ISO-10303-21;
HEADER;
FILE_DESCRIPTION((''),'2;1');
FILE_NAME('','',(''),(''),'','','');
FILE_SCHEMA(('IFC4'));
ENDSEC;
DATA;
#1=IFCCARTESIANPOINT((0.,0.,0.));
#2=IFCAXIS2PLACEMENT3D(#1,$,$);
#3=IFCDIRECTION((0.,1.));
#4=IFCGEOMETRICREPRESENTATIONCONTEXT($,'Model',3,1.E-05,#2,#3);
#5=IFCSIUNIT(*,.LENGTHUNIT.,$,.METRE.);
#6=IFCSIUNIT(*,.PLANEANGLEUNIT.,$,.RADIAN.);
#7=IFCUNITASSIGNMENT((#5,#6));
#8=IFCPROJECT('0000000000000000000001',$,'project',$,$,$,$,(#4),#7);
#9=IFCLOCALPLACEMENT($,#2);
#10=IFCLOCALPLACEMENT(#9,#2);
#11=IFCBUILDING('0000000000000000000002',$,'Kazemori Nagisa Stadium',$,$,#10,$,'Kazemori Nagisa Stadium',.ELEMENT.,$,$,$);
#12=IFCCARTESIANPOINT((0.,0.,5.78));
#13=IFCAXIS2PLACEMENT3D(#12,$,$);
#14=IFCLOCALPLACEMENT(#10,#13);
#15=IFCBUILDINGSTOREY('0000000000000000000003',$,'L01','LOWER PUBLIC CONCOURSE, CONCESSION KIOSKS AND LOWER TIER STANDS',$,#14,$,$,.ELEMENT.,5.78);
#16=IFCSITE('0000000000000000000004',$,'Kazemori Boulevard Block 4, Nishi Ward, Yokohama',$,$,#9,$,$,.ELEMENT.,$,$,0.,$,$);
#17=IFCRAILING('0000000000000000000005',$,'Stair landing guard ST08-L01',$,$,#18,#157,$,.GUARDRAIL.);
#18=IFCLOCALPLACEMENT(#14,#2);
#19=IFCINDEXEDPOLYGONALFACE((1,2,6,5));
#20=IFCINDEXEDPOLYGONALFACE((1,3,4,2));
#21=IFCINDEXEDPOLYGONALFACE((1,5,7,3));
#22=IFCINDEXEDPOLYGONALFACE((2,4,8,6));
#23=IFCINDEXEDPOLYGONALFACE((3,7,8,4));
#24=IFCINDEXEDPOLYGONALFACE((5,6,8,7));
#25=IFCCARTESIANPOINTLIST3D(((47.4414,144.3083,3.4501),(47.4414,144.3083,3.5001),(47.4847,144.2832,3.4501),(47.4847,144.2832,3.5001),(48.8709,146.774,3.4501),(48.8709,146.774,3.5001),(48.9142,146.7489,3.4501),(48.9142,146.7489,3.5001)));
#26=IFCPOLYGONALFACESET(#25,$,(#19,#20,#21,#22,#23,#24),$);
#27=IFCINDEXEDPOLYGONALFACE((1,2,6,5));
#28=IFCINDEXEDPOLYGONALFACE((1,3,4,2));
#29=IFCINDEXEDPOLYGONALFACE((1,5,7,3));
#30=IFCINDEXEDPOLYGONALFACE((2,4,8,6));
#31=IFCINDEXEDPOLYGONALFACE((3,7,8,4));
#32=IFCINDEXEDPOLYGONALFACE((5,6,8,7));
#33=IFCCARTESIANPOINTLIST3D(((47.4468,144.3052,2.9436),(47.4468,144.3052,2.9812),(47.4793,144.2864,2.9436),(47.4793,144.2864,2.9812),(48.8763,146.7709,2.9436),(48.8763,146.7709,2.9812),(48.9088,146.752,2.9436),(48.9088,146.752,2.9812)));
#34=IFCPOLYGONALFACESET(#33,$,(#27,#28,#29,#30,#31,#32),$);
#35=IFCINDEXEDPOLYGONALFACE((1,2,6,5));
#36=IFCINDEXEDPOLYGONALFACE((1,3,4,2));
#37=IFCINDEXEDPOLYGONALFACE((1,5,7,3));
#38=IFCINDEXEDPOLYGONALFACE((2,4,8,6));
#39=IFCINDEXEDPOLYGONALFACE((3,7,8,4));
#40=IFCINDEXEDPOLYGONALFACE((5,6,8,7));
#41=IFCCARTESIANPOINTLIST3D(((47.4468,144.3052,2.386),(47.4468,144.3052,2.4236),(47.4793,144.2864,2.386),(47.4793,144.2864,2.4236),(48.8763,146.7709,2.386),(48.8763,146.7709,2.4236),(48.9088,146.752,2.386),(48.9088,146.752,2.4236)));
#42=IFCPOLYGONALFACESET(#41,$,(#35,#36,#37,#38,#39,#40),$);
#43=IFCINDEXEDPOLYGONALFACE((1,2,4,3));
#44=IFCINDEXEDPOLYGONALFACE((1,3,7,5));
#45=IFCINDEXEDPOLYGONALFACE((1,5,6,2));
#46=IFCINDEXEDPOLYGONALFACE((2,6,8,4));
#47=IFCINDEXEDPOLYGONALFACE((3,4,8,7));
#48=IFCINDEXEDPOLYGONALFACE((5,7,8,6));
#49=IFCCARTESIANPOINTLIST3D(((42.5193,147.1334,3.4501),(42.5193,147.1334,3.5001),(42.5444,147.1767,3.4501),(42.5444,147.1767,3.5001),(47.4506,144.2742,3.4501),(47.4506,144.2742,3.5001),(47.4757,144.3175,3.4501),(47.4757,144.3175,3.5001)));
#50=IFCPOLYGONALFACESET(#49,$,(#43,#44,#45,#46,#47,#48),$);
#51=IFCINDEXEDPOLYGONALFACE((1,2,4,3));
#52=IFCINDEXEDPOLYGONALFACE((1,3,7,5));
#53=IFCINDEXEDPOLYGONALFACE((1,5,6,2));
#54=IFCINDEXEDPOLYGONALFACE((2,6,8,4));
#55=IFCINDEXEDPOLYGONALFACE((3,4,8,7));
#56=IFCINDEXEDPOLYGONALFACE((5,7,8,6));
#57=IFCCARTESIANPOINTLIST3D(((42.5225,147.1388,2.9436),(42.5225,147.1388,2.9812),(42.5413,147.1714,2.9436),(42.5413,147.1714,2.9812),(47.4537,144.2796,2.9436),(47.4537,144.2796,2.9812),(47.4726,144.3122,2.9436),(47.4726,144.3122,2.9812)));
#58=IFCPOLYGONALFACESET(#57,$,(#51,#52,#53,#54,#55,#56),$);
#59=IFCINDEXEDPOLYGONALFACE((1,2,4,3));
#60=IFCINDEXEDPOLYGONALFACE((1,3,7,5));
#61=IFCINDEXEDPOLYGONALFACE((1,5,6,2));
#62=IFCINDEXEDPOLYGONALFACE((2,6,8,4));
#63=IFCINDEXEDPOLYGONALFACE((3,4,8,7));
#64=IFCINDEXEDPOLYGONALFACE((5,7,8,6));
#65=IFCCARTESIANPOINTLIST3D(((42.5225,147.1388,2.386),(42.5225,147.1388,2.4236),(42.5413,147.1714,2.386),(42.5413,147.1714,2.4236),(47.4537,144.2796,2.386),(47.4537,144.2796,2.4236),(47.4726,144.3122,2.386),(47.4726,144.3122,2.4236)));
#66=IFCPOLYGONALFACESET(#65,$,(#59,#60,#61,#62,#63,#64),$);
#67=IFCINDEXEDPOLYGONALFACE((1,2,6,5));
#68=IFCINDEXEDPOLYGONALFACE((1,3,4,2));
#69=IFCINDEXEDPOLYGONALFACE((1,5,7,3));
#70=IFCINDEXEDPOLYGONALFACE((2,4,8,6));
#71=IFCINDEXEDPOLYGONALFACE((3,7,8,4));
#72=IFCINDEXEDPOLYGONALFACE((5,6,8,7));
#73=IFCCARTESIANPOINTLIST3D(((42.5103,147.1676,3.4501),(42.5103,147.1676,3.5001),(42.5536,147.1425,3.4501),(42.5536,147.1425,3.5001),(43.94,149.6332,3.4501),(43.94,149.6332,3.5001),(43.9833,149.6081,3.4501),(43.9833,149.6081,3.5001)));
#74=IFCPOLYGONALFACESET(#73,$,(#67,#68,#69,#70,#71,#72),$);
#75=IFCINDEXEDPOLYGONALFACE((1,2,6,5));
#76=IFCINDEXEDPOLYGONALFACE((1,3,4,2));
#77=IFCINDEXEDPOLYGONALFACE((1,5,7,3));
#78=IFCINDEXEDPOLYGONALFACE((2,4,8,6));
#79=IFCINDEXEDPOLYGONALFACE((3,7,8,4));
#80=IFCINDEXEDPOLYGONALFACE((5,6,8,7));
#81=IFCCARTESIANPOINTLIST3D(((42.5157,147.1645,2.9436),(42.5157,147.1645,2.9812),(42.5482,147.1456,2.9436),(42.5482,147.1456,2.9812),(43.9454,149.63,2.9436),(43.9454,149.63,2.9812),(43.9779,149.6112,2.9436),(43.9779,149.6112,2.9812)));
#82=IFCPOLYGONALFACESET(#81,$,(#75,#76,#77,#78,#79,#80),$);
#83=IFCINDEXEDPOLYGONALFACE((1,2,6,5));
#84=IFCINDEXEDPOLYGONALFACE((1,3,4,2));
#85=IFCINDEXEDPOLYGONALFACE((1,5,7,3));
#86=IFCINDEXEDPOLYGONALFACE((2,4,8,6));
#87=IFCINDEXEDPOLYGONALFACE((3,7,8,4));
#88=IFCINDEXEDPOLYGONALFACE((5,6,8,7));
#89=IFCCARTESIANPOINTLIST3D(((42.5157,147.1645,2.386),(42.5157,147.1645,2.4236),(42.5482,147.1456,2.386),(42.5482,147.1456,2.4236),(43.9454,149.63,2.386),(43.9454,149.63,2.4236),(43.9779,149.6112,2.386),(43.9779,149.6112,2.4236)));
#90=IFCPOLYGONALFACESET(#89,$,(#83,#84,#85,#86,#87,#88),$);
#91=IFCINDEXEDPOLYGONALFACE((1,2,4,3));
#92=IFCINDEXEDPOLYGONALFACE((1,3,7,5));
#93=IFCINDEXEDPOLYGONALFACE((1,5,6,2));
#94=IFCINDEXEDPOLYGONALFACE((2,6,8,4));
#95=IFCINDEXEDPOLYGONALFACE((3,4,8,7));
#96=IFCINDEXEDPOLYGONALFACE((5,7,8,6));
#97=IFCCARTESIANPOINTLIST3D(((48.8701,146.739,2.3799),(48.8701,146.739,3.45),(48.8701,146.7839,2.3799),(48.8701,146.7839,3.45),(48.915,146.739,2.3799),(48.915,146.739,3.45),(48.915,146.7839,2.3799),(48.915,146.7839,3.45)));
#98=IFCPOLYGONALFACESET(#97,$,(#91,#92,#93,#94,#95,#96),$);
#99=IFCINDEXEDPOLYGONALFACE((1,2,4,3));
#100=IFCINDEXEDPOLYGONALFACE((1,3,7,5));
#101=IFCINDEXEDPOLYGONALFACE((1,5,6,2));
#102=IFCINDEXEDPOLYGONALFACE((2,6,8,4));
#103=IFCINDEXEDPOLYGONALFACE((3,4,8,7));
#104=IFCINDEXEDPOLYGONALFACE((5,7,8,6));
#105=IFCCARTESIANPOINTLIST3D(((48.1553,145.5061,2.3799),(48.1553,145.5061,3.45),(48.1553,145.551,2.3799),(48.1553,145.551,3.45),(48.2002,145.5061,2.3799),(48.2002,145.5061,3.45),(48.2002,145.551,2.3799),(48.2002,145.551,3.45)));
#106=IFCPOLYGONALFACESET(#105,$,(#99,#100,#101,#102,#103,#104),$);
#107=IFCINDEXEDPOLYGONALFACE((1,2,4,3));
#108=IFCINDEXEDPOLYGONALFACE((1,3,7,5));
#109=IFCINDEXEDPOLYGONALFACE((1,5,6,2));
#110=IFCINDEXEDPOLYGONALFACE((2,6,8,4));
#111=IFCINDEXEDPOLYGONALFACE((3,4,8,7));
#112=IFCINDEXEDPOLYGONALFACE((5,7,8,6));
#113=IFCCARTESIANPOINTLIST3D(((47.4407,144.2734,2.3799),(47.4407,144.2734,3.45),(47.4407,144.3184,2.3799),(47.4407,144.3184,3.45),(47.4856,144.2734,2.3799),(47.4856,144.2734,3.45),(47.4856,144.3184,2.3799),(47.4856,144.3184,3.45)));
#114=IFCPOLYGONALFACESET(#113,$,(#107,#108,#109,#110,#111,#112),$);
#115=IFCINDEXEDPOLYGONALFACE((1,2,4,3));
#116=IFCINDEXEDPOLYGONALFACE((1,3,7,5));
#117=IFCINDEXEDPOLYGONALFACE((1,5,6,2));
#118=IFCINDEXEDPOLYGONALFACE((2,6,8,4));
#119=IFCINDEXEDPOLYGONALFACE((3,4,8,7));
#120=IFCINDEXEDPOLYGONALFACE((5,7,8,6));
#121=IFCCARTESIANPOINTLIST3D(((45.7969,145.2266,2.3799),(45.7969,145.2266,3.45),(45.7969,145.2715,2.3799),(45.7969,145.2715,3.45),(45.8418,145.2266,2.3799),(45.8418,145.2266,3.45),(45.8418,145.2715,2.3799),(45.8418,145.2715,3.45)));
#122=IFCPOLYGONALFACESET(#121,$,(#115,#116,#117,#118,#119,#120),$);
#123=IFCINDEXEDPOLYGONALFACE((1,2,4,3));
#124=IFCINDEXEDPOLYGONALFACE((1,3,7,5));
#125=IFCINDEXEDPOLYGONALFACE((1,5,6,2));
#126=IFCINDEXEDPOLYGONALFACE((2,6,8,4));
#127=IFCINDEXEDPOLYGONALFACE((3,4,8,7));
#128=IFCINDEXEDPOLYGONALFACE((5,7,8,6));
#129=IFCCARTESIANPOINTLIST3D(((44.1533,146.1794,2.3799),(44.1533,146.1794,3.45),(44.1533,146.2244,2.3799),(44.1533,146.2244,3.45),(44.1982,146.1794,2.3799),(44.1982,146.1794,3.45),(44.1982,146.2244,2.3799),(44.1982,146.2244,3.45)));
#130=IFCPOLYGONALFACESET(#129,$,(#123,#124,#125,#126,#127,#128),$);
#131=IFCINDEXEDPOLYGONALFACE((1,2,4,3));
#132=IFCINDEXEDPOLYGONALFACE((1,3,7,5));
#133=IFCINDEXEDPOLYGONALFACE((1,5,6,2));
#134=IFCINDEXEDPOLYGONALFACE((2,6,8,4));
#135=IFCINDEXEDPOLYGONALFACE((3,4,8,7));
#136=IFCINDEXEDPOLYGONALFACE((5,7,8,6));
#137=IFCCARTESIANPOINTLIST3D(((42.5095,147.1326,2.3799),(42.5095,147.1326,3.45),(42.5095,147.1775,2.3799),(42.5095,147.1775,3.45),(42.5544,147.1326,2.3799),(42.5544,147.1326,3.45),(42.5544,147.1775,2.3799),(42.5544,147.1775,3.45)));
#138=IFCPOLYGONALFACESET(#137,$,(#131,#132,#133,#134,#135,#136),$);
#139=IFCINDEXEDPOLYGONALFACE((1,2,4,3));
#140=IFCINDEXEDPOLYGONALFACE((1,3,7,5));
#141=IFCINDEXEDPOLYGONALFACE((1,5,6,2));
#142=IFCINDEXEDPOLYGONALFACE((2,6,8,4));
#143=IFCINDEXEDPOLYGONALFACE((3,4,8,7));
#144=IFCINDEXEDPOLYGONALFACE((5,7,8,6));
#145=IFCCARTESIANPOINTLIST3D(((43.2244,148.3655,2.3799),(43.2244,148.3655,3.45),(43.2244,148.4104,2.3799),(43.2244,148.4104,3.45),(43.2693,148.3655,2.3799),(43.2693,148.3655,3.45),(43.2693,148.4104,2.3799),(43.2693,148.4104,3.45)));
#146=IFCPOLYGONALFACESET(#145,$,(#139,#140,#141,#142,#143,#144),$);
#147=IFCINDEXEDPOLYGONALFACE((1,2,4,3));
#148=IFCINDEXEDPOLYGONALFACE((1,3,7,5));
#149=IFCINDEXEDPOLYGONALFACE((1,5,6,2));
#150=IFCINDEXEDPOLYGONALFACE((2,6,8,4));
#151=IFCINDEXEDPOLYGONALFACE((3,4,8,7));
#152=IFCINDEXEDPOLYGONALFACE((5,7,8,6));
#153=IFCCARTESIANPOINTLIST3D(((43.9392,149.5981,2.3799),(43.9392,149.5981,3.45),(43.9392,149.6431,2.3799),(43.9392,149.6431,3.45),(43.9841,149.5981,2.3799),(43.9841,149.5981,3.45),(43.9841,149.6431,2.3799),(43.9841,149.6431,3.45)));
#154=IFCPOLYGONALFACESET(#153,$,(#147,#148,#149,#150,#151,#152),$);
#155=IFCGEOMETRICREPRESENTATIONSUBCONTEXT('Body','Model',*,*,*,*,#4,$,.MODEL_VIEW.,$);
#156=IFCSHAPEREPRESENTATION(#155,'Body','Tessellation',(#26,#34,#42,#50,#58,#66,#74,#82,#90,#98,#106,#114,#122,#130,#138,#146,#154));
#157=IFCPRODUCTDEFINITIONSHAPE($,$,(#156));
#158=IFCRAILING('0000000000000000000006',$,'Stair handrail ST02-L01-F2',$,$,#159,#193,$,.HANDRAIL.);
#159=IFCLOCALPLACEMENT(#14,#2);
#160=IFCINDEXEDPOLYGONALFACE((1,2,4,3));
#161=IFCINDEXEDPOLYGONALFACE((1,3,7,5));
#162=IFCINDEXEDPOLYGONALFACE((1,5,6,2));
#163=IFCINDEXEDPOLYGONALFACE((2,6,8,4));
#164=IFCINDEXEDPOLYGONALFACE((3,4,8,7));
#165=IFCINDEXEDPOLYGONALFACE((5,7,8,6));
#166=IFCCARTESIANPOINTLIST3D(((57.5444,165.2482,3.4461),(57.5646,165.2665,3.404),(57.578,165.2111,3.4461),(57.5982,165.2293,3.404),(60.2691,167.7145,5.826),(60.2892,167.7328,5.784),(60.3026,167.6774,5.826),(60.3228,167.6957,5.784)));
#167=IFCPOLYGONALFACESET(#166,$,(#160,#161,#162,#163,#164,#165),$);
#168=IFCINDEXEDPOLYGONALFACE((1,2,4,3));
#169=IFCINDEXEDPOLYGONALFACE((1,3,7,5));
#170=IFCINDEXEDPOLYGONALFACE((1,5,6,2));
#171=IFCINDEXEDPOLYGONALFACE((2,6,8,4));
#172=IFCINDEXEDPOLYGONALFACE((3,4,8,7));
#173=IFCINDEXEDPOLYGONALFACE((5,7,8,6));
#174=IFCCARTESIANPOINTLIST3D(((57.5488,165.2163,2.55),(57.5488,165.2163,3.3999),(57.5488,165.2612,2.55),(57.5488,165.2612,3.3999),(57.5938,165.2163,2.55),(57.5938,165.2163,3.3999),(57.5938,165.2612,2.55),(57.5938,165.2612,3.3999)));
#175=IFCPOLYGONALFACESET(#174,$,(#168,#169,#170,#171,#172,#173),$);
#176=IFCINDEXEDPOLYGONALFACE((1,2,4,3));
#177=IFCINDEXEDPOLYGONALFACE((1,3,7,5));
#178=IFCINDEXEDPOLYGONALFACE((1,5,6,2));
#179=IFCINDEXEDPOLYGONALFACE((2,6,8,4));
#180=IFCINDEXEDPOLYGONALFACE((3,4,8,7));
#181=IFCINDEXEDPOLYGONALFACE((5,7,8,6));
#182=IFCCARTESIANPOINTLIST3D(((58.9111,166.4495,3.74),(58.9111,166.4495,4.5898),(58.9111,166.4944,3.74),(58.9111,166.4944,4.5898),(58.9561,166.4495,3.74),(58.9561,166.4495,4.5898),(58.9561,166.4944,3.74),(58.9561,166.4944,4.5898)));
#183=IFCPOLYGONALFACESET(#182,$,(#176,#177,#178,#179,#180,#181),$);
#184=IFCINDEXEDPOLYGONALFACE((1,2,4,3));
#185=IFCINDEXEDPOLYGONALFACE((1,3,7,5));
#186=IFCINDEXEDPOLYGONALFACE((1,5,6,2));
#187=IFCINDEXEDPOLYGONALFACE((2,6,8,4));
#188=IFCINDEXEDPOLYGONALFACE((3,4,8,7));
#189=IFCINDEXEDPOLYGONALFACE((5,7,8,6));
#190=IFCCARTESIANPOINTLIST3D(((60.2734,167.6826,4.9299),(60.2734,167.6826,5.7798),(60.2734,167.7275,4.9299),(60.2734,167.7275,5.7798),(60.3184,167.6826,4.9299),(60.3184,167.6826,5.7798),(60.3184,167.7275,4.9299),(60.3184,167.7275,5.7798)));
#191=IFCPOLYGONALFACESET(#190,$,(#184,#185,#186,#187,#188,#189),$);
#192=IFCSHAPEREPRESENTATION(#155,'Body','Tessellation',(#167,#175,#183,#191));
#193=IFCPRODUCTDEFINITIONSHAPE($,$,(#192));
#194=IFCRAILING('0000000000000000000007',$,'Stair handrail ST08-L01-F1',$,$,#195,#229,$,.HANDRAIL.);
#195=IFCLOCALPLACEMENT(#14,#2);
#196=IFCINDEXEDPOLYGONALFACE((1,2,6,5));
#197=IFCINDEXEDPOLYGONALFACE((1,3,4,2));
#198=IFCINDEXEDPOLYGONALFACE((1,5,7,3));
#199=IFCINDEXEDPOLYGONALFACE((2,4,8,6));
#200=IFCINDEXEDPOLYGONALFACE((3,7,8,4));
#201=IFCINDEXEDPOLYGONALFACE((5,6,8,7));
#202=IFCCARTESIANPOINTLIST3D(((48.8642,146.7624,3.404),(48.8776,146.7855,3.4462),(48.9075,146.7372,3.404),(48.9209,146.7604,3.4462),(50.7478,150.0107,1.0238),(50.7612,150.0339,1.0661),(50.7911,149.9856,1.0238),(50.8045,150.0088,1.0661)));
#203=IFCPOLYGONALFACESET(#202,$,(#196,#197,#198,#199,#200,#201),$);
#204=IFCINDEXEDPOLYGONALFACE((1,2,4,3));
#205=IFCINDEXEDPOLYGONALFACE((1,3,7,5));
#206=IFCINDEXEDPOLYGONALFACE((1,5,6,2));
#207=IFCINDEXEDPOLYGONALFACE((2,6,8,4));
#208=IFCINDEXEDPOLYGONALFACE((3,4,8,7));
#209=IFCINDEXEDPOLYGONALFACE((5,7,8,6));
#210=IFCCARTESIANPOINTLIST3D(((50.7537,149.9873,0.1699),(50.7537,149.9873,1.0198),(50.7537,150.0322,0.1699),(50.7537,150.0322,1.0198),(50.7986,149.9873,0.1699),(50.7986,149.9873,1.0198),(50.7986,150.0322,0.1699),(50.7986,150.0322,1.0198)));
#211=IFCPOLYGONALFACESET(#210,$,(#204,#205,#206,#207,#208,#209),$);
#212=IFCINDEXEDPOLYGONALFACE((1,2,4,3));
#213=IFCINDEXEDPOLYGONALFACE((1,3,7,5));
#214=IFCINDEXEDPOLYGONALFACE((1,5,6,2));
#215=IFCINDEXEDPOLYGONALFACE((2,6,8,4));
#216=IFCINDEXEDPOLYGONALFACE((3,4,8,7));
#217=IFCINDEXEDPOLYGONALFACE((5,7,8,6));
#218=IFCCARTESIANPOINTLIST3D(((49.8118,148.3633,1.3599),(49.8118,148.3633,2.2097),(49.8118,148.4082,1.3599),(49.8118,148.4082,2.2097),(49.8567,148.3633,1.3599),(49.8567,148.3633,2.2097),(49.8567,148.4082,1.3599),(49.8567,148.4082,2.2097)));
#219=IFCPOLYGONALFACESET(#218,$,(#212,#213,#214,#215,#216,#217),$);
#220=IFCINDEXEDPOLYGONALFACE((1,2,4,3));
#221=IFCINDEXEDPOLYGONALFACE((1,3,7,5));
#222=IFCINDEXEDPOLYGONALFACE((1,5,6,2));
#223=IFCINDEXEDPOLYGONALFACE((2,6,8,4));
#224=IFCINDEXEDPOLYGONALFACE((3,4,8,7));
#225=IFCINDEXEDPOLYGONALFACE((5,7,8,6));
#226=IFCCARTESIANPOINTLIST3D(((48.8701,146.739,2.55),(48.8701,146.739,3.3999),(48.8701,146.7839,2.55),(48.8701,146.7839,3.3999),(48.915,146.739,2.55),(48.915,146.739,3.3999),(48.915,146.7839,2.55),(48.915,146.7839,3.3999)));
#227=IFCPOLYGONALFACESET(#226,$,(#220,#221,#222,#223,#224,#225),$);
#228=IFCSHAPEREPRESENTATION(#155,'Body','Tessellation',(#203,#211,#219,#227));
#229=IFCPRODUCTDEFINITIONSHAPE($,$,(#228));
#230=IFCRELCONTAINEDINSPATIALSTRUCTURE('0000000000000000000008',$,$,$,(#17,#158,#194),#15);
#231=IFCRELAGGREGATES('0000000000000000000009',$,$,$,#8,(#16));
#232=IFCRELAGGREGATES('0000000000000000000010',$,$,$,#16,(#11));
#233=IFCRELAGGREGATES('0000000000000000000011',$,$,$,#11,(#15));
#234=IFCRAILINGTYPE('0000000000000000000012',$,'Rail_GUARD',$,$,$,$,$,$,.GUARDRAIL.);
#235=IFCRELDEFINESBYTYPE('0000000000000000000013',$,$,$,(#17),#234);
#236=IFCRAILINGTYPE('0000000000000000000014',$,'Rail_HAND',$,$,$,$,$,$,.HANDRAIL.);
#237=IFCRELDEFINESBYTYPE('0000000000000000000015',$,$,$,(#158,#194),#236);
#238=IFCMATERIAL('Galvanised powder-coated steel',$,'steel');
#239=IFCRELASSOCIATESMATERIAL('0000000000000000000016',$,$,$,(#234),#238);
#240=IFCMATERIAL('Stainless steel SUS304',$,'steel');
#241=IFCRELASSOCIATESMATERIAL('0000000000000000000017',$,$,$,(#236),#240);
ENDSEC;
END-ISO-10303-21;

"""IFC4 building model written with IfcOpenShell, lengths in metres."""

from ifc_helpers import new_model, si_unit, direction, frame, origin, origin_2d, place, context, subcontext, project, spatial, rectangle, extrude, material, type_object, element, save


model = new_model("IFC4")

# Units and contexts
model_context = context("Model", 3, precision=1e-05, world=origin(), true_north=direction((0.0, 1.0)))
body_context = subcontext(model_context, "Body", "Model", "MODEL_VIEW")
ifc_project = project(units=[si_unit("LENGTHUNIT", "METRE"), si_unit("PLANEANGLEUNIT", "RADIAN")], contexts=[model_context])

# Site, building, storey
site_placement = place(None, origin())
site = spatial("IfcSite", under=ifc_project, at=site_placement, Name="Kazemori Boulevard Block 4, Nishi Ward, Yokohama", CompositionType="ELEMENT", RefElevation=0.0)
building_placement = place(site_placement, origin())
building = spatial("IfcBuilding", under=site, at=building_placement, Name="Kazemori Nagisa Stadium", LongName="Kazemori Nagisa Stadium", CompositionType="ELEMENT")
storey_placement = place(building_placement, frame((0.0, 0.0, 5.78)))
storey = spatial("IfcBuildingStorey", under=building, at=storey_placement, Name="L01", Description="LOWER PUBLIC CONCOURSE, CONCESSION KIOSKS AND LOWER TIER STANDS", CompositionType="ELEMENT", Elevation=5.78)

# Shared definitions
ifc_material_1 = material(Name="Stainless steel SUS304", Category="steel")

# Railings
ifc_material_2 = material(Name="Galvanised powder-coated steel", Category="steel")
railing_type_1 = type_object("IfcRailingType", Name="Rail_GUARD", PredefinedType="GUARDRAIL", material=ifc_material_2)
railing_1_placement = place(storey_placement, frame((48.8926, 146.7615, 2.3799)))
element("IfcRailing", 1, at=railing_1_placement, inside=storey, type_object=railing_type_1, Name="Stair landing guard ST08-L01", PredefinedType="GUARDRAIL", context=body_context, shape_type="SweptSolid", body=[
    extrude(rectangle(XDim=0.05, YDim=0.05, at=origin_2d()), frame((0.0, 0.0, 1.0952), z_axis=(-0.501563, -0.865121, 0.0), x_axis=(0.865121, -0.501563, 0.0)), (0.0, 0.0, 1.0), 2.8501),
    extrude(rectangle(XDim=0.0376, YDim=0.0376, at=origin_2d()), frame((0.0, 0.0, 0.5825), z_axis=(-0.501563, -0.865121, 0.0), x_axis=(0.865121, -0.501563, 0.0)), (0.0, 0.0, 1.0), 2.8501),
    extrude(rectangle(XDim=0.0376, YDim=0.0376, at=origin_2d()), frame((0.0, 0.0, 0.0249), z_axis=(-0.501563, -0.865121, 0.0), x_axis=(0.865121, -0.501563, 0.0)), (0.0, 0.0, 1.0), 2.8501),
    extrude(rectangle(XDim=0.05, YDim=0.05, at=origin_2d()), frame((-1.4294, -2.4656, 1.0952), z_axis=(-0.865103, 0.501595, 0.0), x_axis=(-0.501595, -0.865103, 0.0)), (0.0, 0.0, 1.0), 5.7002),
    extrude(rectangle(XDim=0.0376, YDim=0.0376, at=origin_2d()), frame((-1.4294, -2.4656, 0.5825), z_axis=(-0.865103, 0.501595, 0.0), x_axis=(-0.501595, -0.865103, 0.0)), (0.0, 0.0, 1.0), 5.7002),
    extrude(rectangle(XDim=0.0376, YDim=0.0376, at=origin_2d()), frame((-1.4294, -2.4656, 0.0249), z_axis=(-0.865103, 0.501595, 0.0), x_axis=(-0.501595, -0.865103, 0.0)), (0.0, 0.0, 1.0), 5.7002),
    extrude(rectangle(XDim=0.05, YDim=0.05, at=origin_2d()), frame((-6.3606, 0.3936, 1.0952), z_axis=(0.501627, 0.865084, 0.0), x_axis=(-0.865084, 0.501627, 0.0)), (0.0, 0.0, 1.0), 2.8501),
    extrude(rectangle(XDim=0.0376, YDim=0.0376, at=origin_2d()), frame((-6.3606, 0.3936, 0.5825), z_axis=(0.501627, 0.865084, 0.0), x_axis=(-0.865084, 0.501627, 0.0)), (0.0, 0.0, 1.0), 2.8501),
    extrude(rectangle(XDim=0.0376, YDim=0.0376, at=origin_2d()), frame((-6.3606, 0.3936, 0.0249), z_axis=(0.501627, 0.865084, 0.0), x_axis=(-0.865084, 0.501627, 0.0)), (0.0, 0.0, 1.0), 2.8501),
    extrude(rectangle(XDim=0.0449, YDim=0.0449, at=origin_2d()), origin(), (0.0, 0.0, 1.0), 1.0701),
    extrude(rectangle(XDim=0.0449, YDim=0.0449, at=origin_2d()), frame((-0.7148, -1.2329, 0.0)), (0.0, 0.0, 1.0), 1.0701),
    extrude(rectangle(XDim=0.0449, YDim=0.0449, at=origin_2d()), frame((-1.4294, -2.4656, 0.0)), (0.0, 0.0, 1.0), 1.0701),
    extrude(rectangle(XDim=0.0449, YDim=0.0449, at=origin_2d()), frame((-3.0732, -1.5125, 0.0)), (0.0, 0.0, 1.0), 1.0701),
    extrude(rectangle(XDim=0.0449, YDim=0.0449, at=origin_2d()), frame((-4.7168, -0.5596, 0.0)), (0.0, 0.0, 1.0), 1.0701),
    extrude(rectangle(XDim=0.0449, YDim=0.0449, at=origin_2d()), frame((-6.3606, 0.3936, 0.0)), (0.0, 0.0, 1.0), 1.0701),
    extrude(rectangle(XDim=0.0449, YDim=0.0449, at=origin_2d()), frame((-5.6458, 1.6265, 0.0)), (0.0, 0.0, 1.0), 1.0701),
    extrude(rectangle(XDim=0.0449, YDim=0.0449, at=origin_2d()), frame((-4.9309, 2.8591, 0.0)), (0.0, 0.0, 1.0), 1.0701),
])
railing_type_2 = type_object("IfcRailingType", Name="Rail_HAND", PredefinedType="HANDRAIL", material=ifc_material_1)
railing_2_placement = place(storey_placement, frame((57.5713, 165.2388, 2.55)))
element("IfcRailing", 2, at=railing_2_placement, inside=storey, type_object=railing_type_2, Name="Stair handrail ST02-L01-F2", PredefinedType="HANDRAIL", context=body_context, shape_type="SweptSolid", body=[
    extrude(rectangle(XDim=0.05, YDim=0.05, at=origin_2d()), frame((0.0, 0.0, 0.875), z_axis=(0.62229, 0.563295, 0.543556), x_axis=(-0.671091, 0.741375, 0.0)), (0.0, 0.0, 1.0), 4.3784),
    extrude(rectangle(XDim=0.0449, YDim=0.0449, at=origin_2d()), origin(), (0.0, 0.0, 1.0), 0.8499),
    extrude(rectangle(XDim=0.0449, YDim=0.0449, at=origin_2d()), frame((1.3623, 1.2332, 1.1899)), (0.0, 0.0, 1.0), 0.8499),
    extrude(rectangle(XDim=0.0449, YDim=0.0449, at=origin_2d()), frame((2.7246, 2.4663, 2.3799)), (0.0, 0.0, 1.0), 0.8499),
])
railing_3_placement = place(storey_placement, frame((50.7761, 150.0098, 0.1699)))
element("IfcRailing", 3, at=railing_3_placement, inside=storey, type_object=railing_type_2, Name="Stair handrail ST08-L01-F1", PredefinedType="HANDRAIL", context=body_context, shape_type="SweptSolid", body=[
    extrude(rectangle(XDim=0.05, YDim=0.05, at=origin_2d()), frame((0.0, 0.0, 0.875), z_axis=(-0.423679, -0.730661, 0.535379), x_axis=(0.865085, -0.501626, 0.0)), (0.0, 0.0, 1.0), 4.4458),
    extrude(rectangle(XDim=0.0449, YDim=0.0449, at=origin_2d()), origin(), (0.0, 0.0, 1.0), 0.8499),
    extrude(rectangle(XDim=0.0449, YDim=0.0449, at=origin_2d()), frame((-0.9419, -1.624, 1.1899)), (0.0, 0.0, 1.0), 0.8499),
    extrude(rectangle(XDim=0.0449, YDim=0.0449, at=origin_2d()), frame((-1.8835, -3.2483, 2.3801)), (0.0, 0.0, 1.0), 0.8499),
])

save(model, "model.ifc")
